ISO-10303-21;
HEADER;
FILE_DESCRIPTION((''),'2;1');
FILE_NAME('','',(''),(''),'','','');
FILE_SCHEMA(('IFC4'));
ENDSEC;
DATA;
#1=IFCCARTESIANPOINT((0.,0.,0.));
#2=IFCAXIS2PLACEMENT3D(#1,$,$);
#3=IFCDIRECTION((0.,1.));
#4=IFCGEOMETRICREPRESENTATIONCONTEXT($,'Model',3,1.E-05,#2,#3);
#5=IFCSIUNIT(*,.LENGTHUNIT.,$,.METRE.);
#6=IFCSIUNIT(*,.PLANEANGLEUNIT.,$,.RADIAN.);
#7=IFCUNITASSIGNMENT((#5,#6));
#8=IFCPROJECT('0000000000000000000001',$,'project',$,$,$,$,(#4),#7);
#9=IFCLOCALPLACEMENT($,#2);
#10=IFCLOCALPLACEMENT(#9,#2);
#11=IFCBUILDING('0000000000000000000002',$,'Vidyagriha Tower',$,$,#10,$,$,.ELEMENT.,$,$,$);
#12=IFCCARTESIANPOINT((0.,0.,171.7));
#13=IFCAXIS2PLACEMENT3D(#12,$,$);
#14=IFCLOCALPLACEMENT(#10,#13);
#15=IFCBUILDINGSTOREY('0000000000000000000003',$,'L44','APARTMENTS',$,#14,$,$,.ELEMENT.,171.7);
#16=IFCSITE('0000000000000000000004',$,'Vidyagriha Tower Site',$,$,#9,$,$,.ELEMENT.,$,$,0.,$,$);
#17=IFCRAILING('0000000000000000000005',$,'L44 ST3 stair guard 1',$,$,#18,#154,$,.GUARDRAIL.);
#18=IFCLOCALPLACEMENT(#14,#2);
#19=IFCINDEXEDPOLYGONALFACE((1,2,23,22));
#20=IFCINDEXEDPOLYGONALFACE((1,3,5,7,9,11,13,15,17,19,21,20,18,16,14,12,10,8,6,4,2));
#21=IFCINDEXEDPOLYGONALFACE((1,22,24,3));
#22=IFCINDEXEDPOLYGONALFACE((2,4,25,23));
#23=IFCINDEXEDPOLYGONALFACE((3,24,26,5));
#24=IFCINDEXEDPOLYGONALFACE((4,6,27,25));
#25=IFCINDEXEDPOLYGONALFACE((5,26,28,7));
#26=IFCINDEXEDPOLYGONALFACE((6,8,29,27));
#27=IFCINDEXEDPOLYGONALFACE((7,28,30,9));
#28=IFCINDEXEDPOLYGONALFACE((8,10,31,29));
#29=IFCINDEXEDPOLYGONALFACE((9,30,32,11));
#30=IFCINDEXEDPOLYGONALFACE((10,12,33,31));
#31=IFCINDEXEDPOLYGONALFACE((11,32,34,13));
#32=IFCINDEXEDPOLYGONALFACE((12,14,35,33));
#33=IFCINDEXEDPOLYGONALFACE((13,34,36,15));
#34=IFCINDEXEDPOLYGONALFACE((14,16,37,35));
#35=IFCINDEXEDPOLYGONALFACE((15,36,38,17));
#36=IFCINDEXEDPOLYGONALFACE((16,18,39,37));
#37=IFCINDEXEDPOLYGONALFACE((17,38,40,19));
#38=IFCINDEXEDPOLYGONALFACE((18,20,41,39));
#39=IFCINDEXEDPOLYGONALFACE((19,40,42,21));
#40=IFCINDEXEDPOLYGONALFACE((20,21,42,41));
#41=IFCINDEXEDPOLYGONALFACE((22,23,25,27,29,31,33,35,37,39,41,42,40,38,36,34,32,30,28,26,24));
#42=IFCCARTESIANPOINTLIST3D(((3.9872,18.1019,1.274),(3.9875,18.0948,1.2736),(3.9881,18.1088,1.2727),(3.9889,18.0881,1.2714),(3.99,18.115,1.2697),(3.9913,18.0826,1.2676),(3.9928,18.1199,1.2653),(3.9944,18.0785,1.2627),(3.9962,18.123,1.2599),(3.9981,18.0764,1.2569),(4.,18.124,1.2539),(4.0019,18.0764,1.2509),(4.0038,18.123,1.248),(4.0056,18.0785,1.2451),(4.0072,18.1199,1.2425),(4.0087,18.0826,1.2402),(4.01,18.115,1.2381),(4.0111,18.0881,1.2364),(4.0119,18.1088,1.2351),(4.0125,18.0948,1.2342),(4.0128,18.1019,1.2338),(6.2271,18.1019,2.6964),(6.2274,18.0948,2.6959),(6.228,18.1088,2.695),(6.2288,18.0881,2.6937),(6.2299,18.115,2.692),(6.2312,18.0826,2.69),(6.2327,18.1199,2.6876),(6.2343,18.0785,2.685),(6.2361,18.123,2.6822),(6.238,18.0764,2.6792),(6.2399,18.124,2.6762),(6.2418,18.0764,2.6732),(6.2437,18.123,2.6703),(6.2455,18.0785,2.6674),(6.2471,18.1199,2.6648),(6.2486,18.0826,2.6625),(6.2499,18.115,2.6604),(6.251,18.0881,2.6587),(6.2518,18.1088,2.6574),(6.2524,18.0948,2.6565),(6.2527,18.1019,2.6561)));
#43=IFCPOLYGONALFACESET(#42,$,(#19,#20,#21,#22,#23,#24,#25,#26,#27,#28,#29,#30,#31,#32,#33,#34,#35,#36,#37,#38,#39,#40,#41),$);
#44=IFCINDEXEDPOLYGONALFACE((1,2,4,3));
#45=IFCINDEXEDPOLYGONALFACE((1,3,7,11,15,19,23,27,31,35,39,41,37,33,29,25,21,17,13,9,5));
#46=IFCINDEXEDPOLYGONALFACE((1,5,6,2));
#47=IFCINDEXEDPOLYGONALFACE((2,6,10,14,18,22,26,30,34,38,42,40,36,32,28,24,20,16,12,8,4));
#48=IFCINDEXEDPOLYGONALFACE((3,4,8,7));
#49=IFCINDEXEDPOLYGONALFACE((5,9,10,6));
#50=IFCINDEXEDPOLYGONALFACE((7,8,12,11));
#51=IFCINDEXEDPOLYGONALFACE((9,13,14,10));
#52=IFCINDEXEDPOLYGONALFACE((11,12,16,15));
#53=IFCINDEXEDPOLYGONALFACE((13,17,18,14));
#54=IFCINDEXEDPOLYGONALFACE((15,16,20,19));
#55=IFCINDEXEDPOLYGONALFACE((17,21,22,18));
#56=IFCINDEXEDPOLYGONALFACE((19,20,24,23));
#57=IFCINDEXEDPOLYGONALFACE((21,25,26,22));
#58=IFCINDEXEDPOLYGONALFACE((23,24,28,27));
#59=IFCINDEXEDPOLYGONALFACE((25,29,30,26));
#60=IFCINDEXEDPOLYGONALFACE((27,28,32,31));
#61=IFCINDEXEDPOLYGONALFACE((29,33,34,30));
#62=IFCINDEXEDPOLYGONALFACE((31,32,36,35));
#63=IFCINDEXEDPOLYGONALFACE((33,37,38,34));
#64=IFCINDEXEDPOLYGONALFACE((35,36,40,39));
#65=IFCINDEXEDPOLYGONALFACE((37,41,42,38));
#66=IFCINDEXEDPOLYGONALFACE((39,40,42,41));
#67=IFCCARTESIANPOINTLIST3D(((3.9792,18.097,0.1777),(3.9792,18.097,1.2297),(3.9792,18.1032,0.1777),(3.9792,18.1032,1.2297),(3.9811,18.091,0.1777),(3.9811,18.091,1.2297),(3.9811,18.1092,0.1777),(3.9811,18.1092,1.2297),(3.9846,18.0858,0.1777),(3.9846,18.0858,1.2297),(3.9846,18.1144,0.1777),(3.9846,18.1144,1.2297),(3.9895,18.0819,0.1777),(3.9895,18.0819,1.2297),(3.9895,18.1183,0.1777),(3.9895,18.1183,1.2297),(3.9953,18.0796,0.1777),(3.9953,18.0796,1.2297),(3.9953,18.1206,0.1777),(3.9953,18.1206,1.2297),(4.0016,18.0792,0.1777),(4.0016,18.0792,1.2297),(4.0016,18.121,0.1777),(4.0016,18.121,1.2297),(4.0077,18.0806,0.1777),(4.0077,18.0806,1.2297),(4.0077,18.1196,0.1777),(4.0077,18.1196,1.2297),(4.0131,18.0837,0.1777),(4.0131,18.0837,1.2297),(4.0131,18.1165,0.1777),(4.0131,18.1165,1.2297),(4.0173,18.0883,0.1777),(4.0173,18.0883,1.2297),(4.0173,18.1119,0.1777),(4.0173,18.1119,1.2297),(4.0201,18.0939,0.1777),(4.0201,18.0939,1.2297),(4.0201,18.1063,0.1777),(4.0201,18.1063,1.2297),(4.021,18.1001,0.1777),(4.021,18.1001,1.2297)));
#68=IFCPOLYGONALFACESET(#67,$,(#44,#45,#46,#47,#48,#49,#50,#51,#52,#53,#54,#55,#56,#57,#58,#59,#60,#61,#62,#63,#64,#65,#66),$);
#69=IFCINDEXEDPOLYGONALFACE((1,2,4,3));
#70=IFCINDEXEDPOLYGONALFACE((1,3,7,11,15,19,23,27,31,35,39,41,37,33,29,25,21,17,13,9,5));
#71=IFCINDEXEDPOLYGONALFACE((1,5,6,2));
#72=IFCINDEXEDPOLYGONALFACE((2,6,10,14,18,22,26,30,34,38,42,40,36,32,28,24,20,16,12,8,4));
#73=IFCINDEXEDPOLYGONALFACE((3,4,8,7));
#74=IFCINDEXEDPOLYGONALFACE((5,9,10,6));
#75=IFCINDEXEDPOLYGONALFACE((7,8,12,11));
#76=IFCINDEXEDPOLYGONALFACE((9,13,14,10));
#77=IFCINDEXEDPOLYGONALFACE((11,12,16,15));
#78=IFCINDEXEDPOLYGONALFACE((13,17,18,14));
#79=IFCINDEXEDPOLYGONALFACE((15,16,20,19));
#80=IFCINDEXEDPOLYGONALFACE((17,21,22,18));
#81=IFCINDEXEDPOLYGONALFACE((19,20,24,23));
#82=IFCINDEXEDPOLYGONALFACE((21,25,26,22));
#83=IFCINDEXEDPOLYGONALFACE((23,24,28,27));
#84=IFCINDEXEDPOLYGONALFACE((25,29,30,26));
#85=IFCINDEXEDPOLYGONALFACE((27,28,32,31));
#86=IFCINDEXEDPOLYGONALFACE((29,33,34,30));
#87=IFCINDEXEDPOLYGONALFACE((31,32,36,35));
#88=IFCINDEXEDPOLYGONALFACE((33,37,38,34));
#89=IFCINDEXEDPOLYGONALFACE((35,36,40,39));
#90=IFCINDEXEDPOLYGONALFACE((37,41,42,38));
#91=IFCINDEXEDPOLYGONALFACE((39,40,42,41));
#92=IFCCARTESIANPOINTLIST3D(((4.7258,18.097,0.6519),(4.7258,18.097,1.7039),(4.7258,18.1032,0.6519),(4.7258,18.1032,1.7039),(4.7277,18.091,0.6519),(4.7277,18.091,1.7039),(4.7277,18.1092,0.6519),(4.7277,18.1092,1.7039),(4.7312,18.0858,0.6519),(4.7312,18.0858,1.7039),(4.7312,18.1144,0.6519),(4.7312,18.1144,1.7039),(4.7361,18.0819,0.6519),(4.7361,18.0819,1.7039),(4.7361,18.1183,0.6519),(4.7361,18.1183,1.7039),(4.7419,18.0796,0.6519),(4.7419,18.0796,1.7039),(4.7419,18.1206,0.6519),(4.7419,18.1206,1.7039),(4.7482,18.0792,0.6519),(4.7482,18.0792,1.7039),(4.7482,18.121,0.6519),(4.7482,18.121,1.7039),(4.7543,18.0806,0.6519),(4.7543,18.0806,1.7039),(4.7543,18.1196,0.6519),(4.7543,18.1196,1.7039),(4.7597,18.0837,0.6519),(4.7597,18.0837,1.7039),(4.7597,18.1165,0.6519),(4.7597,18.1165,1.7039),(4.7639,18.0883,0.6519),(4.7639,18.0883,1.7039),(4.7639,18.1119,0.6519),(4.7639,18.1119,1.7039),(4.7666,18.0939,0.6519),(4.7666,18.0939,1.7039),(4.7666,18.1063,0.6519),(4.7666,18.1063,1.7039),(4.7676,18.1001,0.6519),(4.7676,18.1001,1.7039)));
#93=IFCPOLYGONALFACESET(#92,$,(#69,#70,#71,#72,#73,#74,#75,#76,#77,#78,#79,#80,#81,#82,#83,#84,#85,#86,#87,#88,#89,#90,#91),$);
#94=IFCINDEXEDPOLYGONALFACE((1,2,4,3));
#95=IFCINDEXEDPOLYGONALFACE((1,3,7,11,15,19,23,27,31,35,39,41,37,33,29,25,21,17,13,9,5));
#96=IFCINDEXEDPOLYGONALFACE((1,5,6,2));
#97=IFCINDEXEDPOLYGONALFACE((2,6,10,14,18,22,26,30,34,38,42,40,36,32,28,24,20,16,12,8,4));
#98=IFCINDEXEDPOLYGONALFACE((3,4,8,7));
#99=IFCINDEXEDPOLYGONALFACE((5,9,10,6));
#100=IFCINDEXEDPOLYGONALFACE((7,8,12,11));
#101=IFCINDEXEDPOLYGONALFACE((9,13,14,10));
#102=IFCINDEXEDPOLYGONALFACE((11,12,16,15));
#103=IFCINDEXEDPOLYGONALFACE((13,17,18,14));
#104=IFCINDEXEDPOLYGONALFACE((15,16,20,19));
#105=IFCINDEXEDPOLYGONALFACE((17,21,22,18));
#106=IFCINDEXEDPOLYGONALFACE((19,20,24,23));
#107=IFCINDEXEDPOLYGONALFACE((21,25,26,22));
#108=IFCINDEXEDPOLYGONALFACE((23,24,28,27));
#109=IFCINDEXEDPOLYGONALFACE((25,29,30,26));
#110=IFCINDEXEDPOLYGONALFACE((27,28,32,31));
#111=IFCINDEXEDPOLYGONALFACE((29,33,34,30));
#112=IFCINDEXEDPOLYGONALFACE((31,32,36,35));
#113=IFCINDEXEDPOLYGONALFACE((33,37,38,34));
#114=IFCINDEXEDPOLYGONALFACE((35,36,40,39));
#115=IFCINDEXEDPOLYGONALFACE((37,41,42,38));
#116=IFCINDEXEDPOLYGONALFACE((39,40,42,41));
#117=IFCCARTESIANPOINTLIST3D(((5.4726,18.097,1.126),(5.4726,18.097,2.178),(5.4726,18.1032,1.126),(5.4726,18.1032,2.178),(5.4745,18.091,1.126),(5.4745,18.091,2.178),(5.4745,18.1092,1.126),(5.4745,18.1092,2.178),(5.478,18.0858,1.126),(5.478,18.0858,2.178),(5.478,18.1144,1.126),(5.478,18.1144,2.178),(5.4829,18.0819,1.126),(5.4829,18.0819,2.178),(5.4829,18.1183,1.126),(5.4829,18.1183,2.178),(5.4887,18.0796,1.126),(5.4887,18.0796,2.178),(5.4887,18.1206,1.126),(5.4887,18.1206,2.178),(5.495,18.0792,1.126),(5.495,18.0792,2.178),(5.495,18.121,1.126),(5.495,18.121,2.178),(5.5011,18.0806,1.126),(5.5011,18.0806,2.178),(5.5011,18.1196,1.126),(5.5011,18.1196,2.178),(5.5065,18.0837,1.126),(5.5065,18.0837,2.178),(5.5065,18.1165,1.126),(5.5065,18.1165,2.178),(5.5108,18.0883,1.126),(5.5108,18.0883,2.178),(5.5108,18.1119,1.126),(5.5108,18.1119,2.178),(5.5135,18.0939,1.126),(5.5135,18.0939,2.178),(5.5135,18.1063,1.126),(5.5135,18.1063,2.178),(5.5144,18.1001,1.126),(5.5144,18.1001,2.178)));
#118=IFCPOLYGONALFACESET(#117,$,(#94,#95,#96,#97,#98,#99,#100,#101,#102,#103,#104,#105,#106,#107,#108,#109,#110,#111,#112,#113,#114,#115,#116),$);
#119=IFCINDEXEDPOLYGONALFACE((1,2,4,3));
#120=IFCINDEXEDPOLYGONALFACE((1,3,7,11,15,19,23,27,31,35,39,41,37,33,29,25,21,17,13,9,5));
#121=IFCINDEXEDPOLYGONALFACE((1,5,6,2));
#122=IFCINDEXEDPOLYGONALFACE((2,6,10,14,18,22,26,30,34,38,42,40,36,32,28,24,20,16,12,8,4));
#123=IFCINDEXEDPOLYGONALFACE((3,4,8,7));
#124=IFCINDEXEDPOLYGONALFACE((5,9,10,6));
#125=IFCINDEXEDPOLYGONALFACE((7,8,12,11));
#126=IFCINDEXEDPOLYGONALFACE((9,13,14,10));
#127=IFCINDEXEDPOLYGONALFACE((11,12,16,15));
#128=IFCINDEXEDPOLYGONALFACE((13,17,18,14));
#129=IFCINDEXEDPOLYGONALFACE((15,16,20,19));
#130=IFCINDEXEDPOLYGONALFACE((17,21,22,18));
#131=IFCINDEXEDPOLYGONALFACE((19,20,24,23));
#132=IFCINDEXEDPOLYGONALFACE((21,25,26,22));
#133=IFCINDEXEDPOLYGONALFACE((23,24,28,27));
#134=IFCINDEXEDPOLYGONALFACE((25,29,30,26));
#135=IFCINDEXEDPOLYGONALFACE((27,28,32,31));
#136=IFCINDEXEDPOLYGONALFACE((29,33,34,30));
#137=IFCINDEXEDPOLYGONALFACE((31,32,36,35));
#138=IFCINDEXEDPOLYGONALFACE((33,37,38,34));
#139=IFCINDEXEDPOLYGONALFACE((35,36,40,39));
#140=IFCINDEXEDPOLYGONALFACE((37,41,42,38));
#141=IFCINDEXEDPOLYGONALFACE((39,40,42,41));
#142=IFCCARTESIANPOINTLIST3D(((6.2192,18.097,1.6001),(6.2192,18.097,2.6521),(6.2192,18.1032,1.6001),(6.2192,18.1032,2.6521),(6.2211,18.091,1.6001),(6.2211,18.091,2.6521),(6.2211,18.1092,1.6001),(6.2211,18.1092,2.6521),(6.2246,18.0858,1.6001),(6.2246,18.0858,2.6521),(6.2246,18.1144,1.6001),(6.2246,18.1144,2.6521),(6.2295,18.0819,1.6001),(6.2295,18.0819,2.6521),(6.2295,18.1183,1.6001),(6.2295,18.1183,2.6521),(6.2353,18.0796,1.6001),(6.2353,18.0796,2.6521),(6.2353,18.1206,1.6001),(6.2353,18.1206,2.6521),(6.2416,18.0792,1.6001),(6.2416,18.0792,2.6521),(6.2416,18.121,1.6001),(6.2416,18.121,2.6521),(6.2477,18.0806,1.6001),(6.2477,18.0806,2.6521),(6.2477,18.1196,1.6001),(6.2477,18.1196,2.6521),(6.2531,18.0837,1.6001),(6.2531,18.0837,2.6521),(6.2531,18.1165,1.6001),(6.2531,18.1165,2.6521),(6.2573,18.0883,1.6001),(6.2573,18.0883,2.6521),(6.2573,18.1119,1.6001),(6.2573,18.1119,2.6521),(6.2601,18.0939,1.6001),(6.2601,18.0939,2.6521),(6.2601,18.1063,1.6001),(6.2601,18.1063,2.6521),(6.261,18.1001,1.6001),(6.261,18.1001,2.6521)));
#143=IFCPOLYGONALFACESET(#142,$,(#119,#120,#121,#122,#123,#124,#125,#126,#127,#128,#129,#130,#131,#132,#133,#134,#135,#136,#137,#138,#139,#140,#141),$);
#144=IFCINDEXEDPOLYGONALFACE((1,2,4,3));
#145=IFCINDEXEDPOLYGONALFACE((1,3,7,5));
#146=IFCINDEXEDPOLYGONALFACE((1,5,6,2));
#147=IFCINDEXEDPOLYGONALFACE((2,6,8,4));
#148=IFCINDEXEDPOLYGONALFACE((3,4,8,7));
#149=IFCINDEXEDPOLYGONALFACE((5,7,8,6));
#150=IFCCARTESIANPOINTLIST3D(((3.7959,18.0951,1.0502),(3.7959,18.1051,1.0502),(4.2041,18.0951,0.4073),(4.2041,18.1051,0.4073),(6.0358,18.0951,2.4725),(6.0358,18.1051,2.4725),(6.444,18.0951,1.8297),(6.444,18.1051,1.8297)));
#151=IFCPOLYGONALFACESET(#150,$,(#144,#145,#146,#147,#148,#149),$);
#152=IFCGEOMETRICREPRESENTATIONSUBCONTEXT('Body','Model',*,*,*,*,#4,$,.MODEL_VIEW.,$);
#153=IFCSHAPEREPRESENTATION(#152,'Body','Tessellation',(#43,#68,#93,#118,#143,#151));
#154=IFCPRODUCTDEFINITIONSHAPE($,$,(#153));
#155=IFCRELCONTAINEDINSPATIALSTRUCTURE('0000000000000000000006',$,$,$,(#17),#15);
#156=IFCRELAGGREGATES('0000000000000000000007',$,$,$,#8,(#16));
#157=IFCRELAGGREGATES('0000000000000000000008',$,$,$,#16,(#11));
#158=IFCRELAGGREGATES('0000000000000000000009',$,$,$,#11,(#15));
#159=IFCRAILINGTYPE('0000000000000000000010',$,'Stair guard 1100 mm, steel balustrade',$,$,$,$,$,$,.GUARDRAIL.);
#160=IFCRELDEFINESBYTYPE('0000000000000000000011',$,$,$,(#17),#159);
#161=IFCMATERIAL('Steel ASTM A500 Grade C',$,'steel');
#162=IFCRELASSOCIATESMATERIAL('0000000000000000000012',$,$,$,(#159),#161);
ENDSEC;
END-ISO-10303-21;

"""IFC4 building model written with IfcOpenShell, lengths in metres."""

from ifc_helpers import new_model, si_unit, direction, frame, origin, origin_2d, place, context, subcontext, project, spatial, rectangle, circle, extrude, material, type_object, element, save


model = new_model("IFC4")

# Units and contexts
model_context = context("Model", 3, precision=1e-05, world=origin(), true_north=direction((0.0, 1.0)))
body_context = subcontext(model_context, "Body", "Model", "MODEL_VIEW")
ifc_project = project(units=[si_unit("LENGTHUNIT", "METRE"), si_unit("PLANEANGLEUNIT", "RADIAN")], contexts=[model_context])

# Site, building, storey
site_placement = place(None, origin())
site = spatial("IfcSite", under=ifc_project, at=site_placement, Name="Vidyagriha Tower Site", CompositionType="ELEMENT", RefElevation=0.0)
building_placement = place(site_placement, origin())
building = spatial("IfcBuilding", under=site, at=building_placement, Name="Vidyagriha Tower", CompositionType="ELEMENT")
storey_placement = place(building_placement, frame((0.0, 0.0, 171.7)))
storey = spatial("IfcBuildingStorey", under=building, at=storey_placement, Name="L44", Description="APARTMENTS", CompositionType="ELEMENT", Elevation=171.7)

# Railing
ifc_material_1 = material(Name="Steel ASTM A500 Grade C", Category="steel")
railing_type_1 = type_object("IfcRailingType", Name="Stair guard 1100 mm, steel balustrade", PredefinedType="GUARDRAIL", material=ifc_material_1)
railing_1_placement = place(storey_placement, frame((4.0, 18.1001, 0.1777)))
element("IfcRailing", 1, at=railing_1_placement, inside=storey, type_object=railing_type_1, Name="L44 ST3 stair guard 1", PredefinedType="GUARDRAIL", context=body_context, shape_type="SweptSolid", body=[
    extrude(circle(Radius=0.0239, at=origin_2d()), frame((0.0, 0.0, 1.0762), z_axis=(0.844188, 0.0, 0.536048), x_axis=(0.0, 1.0, 0.0)), (0.0, 0.0, 1.0), 2.6533),
    extrude(circle(Radius=0.021, at=origin_2d()), origin(), (0.0, 0.0, 1.0), 1.052),
    extrude(circle(Radius=0.021, at=origin_2d()), frame((0.7466, 0.0, 0.4741)), (0.0, 0.0, 1.0), 1.052),
    extrude(circle(Radius=0.021, at=origin_2d()), frame((1.4934, 0.0, 0.9482)), (0.0, 0.0, 1.0), 1.052),
    extrude(circle(Radius=0.021, at=origin_2d()), frame((2.24, 0.0, 1.4224)), (0.0, 0.0, 1.0), 1.052),
    extrude(rectangle(XDim=0.01, YDim=0.7615, at=origin_2d()), frame((0.0, 0.0, 0.551), z_axis=(0.844188, 0.0, 0.536048), x_axis=(0.0, 1.0, 0.0)), (0.0, 0.0, 1.0), 2.6533),
])

save(model, "model.ifc")
